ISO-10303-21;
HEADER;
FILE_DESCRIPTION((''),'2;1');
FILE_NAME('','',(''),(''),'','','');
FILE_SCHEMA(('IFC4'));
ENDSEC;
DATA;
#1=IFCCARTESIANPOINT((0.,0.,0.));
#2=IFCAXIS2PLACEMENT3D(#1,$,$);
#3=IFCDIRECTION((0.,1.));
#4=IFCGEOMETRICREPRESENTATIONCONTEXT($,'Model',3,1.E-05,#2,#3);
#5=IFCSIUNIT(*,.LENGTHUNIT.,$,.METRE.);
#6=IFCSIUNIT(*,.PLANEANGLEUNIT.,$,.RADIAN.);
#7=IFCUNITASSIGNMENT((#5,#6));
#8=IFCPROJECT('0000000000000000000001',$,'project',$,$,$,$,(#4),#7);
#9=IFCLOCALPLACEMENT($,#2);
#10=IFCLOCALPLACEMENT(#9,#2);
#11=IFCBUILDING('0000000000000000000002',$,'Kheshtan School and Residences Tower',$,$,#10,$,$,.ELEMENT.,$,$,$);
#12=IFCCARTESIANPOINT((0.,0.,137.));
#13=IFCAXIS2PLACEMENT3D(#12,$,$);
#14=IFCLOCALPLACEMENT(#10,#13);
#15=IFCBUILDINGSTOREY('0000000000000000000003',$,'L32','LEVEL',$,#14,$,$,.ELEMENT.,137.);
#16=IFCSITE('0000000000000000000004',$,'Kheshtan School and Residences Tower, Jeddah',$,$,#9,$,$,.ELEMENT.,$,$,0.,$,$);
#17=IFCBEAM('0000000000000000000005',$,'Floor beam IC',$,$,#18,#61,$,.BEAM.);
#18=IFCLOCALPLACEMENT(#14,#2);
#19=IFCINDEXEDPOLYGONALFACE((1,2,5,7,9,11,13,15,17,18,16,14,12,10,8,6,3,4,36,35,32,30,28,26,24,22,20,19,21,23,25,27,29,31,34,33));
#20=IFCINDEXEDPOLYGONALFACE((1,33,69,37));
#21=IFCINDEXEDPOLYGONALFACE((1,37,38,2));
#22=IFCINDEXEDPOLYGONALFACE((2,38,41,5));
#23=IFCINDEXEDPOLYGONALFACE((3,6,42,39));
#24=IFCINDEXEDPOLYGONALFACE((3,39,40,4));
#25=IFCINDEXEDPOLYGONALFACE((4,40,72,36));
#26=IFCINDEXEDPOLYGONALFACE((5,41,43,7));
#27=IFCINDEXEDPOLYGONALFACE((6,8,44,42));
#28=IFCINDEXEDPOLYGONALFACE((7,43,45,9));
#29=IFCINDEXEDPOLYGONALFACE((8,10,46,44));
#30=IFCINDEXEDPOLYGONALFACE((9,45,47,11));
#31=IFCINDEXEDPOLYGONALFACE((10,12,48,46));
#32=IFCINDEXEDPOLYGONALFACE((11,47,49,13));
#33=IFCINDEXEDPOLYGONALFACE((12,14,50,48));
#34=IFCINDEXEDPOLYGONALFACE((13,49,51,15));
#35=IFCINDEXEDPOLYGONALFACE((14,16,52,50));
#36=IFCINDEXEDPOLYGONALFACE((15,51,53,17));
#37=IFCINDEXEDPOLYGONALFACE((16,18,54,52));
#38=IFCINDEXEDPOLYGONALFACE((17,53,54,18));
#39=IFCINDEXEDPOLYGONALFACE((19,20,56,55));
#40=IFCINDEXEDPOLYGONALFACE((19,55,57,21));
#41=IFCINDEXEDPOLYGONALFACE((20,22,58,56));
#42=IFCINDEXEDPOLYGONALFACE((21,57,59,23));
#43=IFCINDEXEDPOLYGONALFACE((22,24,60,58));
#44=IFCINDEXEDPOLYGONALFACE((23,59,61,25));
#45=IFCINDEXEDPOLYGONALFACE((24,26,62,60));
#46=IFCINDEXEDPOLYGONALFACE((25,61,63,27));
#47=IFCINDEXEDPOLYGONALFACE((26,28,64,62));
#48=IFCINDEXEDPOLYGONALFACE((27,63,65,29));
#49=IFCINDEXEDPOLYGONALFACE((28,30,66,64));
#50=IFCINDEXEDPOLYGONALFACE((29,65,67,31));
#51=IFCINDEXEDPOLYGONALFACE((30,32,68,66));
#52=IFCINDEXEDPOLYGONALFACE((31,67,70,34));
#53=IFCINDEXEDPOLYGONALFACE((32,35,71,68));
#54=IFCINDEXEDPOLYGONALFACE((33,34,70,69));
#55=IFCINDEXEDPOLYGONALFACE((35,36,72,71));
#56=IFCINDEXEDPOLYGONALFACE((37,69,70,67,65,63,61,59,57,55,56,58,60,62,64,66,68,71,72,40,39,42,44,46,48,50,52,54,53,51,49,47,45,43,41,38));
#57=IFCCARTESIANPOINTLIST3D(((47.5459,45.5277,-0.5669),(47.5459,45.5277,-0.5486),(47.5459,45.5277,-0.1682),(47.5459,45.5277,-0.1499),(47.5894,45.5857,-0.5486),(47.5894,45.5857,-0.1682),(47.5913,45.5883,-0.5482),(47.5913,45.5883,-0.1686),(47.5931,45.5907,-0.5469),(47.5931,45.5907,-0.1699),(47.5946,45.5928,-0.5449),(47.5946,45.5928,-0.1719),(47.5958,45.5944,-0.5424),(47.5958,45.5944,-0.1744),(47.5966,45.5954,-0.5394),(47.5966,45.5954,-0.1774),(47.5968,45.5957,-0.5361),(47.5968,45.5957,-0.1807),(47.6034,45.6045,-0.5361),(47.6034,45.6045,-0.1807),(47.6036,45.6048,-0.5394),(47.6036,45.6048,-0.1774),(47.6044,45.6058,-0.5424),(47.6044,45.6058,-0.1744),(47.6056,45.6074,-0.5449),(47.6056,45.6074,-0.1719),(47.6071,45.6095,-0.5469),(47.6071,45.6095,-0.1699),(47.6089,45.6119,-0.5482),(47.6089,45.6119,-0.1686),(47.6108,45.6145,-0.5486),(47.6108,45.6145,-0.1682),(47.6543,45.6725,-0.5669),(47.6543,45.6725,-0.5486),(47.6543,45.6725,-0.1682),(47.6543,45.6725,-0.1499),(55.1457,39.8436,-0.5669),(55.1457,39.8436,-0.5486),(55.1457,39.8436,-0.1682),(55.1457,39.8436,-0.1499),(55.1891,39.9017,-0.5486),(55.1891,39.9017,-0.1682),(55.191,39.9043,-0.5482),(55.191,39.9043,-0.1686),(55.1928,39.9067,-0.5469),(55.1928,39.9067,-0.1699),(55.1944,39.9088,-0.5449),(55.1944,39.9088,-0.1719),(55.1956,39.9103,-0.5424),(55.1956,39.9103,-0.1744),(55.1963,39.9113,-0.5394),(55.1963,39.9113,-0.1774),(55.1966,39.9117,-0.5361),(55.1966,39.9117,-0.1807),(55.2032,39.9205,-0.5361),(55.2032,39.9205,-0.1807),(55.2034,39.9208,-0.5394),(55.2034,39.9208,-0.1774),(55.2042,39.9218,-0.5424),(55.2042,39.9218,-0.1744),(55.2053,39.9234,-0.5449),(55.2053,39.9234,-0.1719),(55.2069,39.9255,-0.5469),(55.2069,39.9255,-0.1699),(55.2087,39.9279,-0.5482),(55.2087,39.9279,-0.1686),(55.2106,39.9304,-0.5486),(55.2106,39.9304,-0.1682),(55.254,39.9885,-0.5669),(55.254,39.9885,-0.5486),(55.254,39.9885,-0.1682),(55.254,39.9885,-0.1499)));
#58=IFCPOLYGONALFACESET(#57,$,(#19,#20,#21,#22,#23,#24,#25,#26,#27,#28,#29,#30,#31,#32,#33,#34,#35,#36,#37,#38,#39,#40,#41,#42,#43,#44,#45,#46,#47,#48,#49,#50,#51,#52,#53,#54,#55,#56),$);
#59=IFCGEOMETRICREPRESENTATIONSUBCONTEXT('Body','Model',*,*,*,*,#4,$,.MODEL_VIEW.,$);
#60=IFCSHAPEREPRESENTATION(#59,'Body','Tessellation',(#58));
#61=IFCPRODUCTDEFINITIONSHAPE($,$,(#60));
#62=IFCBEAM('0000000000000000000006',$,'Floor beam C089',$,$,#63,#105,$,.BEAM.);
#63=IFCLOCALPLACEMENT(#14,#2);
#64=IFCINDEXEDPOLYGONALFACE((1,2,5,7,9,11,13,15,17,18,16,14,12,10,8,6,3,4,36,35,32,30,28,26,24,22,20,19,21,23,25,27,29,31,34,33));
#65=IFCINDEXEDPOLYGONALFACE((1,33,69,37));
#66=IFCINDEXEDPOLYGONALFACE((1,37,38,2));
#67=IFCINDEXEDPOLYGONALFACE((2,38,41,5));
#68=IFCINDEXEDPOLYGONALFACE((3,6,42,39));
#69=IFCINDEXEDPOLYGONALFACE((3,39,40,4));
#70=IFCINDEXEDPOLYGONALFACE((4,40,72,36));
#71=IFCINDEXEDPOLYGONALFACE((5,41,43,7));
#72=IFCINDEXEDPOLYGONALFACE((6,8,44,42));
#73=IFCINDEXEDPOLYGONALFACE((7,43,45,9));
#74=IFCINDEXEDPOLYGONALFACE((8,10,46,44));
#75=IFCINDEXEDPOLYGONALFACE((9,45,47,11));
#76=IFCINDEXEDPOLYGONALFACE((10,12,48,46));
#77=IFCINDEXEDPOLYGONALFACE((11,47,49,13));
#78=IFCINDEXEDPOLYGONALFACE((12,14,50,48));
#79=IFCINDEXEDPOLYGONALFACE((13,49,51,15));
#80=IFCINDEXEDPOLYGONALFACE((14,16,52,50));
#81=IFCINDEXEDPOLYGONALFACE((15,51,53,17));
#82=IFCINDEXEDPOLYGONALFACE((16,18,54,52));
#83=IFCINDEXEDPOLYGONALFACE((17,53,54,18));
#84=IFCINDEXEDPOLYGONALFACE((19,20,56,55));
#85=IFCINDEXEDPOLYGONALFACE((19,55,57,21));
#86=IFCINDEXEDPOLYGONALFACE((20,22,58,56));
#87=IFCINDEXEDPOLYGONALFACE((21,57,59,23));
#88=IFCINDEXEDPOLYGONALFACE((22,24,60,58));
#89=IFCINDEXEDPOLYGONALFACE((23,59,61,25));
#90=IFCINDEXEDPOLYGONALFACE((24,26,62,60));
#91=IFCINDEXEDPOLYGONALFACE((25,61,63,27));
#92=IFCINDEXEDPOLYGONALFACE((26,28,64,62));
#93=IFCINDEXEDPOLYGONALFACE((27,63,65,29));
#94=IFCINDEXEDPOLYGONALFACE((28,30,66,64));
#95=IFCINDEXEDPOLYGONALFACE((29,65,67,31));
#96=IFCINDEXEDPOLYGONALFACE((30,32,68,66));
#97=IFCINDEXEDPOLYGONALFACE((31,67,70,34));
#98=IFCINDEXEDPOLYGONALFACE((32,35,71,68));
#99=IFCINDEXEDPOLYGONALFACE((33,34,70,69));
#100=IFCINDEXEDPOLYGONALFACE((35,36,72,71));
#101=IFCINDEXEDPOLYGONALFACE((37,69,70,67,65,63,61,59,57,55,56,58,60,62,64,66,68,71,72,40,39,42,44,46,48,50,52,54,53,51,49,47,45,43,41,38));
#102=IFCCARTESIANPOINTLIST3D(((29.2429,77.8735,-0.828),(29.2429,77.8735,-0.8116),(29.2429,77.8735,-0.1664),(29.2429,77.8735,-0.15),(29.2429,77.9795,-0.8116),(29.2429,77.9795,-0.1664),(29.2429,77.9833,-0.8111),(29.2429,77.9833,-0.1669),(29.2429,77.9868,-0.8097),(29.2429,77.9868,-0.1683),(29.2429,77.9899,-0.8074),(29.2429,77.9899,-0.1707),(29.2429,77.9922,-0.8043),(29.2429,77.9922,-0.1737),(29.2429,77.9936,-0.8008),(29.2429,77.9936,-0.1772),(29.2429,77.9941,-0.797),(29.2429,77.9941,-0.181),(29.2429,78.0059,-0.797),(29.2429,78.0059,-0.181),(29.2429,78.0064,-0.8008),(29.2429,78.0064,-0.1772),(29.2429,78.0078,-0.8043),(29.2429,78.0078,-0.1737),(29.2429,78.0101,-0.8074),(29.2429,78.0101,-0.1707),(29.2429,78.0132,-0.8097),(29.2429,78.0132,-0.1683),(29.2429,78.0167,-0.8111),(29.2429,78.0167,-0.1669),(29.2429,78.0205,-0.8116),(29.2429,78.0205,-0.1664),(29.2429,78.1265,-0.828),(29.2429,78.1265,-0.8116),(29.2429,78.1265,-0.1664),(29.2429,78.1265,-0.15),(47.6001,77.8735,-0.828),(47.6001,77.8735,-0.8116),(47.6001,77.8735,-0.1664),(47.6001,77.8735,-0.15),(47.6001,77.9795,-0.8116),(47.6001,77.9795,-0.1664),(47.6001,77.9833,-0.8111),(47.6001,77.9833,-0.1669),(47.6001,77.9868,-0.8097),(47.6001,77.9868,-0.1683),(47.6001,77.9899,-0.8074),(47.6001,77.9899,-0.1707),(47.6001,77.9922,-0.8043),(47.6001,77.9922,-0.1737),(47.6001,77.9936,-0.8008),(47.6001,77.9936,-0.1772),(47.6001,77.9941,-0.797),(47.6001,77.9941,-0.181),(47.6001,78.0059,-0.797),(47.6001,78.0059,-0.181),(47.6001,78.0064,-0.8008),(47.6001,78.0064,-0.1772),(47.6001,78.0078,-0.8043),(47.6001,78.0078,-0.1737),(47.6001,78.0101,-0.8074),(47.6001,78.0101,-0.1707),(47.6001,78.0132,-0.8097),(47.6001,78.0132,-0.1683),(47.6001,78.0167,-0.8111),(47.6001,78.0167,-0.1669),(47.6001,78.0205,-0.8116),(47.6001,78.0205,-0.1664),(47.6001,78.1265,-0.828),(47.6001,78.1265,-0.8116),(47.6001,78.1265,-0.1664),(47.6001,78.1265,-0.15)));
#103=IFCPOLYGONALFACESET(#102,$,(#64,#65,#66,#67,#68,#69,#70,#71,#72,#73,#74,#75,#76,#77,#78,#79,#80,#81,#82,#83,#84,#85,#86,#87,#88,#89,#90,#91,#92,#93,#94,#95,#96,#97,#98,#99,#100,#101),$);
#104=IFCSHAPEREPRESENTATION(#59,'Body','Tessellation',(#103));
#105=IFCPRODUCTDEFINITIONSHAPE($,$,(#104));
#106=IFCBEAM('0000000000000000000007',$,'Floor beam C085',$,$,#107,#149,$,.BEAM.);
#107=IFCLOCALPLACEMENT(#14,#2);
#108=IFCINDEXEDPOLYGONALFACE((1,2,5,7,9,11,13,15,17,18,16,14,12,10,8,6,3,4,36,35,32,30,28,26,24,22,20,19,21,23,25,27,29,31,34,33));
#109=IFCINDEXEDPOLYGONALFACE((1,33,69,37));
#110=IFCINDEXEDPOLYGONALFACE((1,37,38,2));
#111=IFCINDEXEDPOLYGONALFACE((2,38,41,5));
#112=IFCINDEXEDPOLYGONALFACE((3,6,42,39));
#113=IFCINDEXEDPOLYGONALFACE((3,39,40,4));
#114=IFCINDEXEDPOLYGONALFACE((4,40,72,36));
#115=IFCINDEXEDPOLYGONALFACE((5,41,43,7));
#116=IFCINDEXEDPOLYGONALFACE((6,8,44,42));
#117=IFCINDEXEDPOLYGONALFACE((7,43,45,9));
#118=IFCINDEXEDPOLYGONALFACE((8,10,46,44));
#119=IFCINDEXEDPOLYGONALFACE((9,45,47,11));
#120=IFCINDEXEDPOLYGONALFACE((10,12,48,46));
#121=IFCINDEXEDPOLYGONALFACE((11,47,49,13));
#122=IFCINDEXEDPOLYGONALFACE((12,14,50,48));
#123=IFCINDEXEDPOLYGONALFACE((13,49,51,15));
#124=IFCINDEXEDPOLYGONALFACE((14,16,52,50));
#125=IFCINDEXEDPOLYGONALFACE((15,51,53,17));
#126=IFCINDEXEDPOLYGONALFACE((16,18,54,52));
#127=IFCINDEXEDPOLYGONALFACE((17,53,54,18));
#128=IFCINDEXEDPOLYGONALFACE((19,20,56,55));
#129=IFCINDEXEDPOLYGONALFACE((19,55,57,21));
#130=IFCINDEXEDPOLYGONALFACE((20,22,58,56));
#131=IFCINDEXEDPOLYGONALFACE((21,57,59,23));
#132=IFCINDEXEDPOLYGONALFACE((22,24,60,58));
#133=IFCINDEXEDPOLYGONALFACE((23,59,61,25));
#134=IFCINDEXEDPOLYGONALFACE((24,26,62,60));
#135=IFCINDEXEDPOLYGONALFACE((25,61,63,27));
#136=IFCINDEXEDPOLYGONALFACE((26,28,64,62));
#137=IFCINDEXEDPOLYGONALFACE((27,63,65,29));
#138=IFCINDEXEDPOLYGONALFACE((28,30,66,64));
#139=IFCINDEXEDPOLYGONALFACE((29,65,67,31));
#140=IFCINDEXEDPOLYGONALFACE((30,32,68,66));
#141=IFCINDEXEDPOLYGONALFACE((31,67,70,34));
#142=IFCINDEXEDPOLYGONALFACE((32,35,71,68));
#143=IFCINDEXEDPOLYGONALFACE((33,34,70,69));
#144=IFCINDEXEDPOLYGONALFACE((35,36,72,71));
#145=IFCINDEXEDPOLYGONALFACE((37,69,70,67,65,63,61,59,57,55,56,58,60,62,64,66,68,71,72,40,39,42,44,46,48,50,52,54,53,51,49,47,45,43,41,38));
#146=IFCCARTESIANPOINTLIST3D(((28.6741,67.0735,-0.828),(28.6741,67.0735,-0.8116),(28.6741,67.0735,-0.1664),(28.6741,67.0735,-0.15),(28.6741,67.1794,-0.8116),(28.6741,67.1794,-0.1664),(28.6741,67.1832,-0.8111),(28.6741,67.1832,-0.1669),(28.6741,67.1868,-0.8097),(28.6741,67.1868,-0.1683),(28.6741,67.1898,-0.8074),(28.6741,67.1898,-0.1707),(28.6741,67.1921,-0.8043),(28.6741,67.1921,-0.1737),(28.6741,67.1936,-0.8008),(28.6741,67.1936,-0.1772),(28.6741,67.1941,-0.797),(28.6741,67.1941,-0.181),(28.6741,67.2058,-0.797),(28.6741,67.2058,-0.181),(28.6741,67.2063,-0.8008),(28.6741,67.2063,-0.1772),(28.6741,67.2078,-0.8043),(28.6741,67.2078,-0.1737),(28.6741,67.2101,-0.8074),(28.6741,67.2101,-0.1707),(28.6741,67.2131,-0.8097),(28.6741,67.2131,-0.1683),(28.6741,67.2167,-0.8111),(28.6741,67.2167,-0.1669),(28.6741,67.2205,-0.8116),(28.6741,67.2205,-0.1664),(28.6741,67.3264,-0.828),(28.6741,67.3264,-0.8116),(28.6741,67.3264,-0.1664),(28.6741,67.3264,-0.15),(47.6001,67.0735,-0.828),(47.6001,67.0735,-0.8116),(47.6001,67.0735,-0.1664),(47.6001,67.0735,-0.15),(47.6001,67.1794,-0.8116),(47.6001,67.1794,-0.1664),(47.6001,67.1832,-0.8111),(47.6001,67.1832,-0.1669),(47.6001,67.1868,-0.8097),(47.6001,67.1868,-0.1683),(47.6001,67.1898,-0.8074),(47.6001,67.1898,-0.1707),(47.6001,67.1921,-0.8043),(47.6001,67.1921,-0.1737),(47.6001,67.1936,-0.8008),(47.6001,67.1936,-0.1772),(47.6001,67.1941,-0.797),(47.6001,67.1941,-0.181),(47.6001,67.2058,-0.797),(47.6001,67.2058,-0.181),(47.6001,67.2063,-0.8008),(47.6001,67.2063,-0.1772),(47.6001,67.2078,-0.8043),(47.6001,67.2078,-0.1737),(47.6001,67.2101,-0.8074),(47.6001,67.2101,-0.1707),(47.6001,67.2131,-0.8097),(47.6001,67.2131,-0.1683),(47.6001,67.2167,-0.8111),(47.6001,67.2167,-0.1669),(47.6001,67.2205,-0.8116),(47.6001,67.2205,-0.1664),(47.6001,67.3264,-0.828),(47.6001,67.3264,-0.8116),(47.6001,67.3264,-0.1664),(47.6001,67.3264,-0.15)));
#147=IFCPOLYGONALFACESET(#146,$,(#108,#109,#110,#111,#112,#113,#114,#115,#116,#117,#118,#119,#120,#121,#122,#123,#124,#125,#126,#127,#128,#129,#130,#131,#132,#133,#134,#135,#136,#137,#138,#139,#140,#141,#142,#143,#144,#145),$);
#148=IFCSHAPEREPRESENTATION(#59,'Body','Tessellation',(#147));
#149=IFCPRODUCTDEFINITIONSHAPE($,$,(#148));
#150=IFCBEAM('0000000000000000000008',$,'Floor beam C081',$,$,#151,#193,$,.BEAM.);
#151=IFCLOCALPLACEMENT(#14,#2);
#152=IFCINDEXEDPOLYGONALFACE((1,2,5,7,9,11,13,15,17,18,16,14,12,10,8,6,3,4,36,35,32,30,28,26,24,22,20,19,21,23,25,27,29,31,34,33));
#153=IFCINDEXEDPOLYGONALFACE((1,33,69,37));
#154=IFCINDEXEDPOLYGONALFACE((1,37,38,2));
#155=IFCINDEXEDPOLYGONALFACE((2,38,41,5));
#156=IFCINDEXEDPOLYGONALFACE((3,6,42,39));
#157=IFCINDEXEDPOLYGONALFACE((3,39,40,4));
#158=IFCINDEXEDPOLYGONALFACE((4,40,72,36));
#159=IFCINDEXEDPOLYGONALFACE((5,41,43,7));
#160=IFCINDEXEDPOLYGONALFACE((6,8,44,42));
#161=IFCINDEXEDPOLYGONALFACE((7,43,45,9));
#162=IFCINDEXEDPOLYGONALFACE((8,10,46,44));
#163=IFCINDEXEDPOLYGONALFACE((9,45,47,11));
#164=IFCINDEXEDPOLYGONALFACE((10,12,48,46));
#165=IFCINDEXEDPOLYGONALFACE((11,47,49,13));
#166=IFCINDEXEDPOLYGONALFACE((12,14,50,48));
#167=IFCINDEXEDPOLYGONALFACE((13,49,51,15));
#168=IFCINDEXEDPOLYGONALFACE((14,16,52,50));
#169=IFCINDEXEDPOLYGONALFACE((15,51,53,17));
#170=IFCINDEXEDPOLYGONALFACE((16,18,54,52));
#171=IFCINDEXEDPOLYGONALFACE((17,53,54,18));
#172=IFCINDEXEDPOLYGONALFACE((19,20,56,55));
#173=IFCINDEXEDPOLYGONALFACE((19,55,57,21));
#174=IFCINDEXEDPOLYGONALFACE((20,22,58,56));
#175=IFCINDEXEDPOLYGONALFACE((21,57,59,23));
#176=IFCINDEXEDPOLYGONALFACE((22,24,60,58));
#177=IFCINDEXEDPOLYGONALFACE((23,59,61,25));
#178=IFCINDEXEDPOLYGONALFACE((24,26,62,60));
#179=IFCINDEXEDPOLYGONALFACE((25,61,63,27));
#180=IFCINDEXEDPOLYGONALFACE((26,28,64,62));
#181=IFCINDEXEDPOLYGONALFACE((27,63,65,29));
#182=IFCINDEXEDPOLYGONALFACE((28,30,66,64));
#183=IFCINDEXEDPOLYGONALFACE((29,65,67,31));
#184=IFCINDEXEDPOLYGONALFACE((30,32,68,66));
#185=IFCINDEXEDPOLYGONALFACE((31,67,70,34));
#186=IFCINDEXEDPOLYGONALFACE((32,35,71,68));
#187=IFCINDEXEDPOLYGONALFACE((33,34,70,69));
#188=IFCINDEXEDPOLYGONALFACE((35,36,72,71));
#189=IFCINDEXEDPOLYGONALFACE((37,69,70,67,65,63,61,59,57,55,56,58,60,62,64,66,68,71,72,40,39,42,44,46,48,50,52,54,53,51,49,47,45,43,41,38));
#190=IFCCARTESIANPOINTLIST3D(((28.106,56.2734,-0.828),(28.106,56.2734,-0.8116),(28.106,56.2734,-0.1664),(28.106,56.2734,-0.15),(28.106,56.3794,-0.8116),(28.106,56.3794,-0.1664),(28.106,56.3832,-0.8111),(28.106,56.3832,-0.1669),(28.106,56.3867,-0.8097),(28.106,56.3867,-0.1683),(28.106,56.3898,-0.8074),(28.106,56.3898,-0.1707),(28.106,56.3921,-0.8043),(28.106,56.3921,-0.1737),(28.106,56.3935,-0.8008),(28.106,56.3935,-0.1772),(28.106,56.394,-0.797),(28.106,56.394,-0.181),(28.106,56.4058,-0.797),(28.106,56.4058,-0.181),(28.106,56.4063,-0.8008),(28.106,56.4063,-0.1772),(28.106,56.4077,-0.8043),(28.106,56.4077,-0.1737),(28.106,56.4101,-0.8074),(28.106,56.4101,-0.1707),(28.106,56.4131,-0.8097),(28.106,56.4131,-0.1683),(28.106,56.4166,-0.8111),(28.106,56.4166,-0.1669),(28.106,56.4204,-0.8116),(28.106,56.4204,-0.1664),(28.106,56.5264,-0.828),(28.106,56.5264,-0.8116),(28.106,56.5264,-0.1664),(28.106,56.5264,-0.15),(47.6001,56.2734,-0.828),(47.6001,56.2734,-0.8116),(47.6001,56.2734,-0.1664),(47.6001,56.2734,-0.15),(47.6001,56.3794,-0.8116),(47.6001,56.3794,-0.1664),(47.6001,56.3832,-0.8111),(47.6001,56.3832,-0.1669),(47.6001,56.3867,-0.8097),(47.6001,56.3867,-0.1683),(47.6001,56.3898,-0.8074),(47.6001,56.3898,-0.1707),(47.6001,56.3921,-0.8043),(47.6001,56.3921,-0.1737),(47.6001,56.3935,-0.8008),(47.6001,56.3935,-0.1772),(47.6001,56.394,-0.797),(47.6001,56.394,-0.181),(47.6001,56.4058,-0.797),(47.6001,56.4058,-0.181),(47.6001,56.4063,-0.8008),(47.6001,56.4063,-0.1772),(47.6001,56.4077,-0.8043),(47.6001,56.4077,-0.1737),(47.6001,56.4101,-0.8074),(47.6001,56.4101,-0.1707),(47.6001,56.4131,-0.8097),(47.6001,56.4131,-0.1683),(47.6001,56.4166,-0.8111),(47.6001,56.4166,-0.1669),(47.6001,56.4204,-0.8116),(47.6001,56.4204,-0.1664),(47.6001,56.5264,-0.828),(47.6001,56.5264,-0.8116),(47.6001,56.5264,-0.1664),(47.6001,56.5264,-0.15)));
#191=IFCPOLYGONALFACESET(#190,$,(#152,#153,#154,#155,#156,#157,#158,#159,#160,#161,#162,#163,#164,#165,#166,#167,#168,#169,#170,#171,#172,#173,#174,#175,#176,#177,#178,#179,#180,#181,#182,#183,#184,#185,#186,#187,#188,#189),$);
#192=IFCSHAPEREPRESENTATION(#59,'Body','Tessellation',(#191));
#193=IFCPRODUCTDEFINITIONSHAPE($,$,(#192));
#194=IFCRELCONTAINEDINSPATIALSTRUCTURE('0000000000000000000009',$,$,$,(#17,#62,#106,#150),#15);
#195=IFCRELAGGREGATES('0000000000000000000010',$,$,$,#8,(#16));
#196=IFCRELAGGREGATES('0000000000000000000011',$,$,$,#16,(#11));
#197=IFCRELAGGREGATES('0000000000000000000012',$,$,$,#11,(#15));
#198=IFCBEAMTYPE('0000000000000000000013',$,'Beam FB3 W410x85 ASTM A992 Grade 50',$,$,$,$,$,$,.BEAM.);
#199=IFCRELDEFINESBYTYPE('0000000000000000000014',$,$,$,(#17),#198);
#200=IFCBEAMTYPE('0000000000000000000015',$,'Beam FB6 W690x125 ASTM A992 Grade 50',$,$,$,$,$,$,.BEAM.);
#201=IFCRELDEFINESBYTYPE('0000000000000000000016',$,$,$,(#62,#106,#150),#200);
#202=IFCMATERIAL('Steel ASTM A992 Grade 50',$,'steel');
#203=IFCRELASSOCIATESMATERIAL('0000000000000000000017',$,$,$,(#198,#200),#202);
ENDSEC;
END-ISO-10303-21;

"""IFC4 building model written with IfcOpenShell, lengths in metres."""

from ifc_helpers import new_model, si_unit, direction, frame, origin, origin_2d, place, context, subcontext, project, spatial, i_section, extrude, material, material_profile, profile_set, type_object, element, save


model = new_model("IFC4")

# Units and contexts
model_context = context("Model", 3, precision=1e-05, world=origin(), true_north=direction((0.0, 1.0)))
body_context = subcontext(model_context, "Body", "Model", "MODEL_VIEW")
ifc_project = project(units=[si_unit("LENGTHUNIT", "METRE"), si_unit("PLANEANGLEUNIT", "RADIAN")], contexts=[model_context])

# Site, building, storey
site_placement = place(None, origin())
site = spatial("IfcSite", under=ifc_project, at=site_placement, Name="Kheshtan School and Residences Tower, Jeddah", CompositionType="ELEMENT", RefElevation=0.0)
building_placement = place(site_placement, origin())
building = spatial("IfcBuilding", under=site, at=building_placement, Name="Kheshtan School and Residences Tower", CompositionType="ELEMENT")
storey_placement = place(building_placement, frame((0.0, 0.0, 137.0)))
storey = spatial("IfcBuildingStorey", under=building, at=storey_placement, Name="L32", Description="LEVEL", CompositionType="ELEMENT", Elevation=137.0)

# Shared definitions
ifc_material_1 = material(Name="Steel ASTM A992 Grade 50", Category="steel")

# Beams
ifc_material_profile_1 = material_profile(ifc_material_1, i_section(OverallWidth=0.1809, OverallDepth=0.417, WebThickness=0.011, FlangeThickness=0.0183, FilletRadius=0.0125, at=origin_2d()), Name="W410x85")
ifc_profile_set_1 = profile_set([ifc_material_profile_1], Name="Steel ASTM A992 Grade 50")
beam_type_1 = type_object("IfcBeamType", Name="Beam FB3 W410x85 ASTM A992 Grade 50", PredefinedType="BEAM", material=ifc_profile_set_1)
beam_1_placement = place(storey_placement, frame((47.6001, 45.6001, -0.3584), z_axis=(0.800799, -0.598933, 0.0), x_axis=(0.598933, 0.800799, 0.0)))
element("IfcBeam", 1, at=beam_1_placement, inside=storey, type_object=beam_type_1, Name="Floor beam IC", PredefinedType="BEAM", context=body_context, shape_type="SweptSolid", body=[
    extrude(i_section(OverallWidth=0.1809, OverallDepth=0.417, WebThickness=0.011, FlangeThickness=0.0183, FilletRadius=0.0125, at=origin_2d()), origin(), (0.0, 0.0, 1.0), 9.4902),
])
ifc_material_profile_2 = material_profile(ifc_material_1, i_section(OverallWidth=0.2529, OverallDepth=0.678, WebThickness=0.0117, FlangeThickness=0.0164, FilletRadius=0.0146, at=origin_2d()), Name="W690x125")
ifc_profile_set_2 = profile_set([ifc_material_profile_2], Name="Steel ASTM A992 Grade 50")
beam_type_2 = type_object("IfcBeamType", Name="Beam FB6 W690x125 ASTM A992 Grade 50", PredefinedType="BEAM", material=ifc_profile_set_2)
beam_2_placement = place(storey_placement, frame((47.6001, 78.0, -0.489), z_axis=(-1.0, 0.0, 0.0), x_axis=(0.0, -1.0, 0.0)))
element("IfcBeam", 2, at=beam_2_placement, inside=storey, type_object=beam_type_2, Name="Floor beam C089", PredefinedType="BEAM", context=body_context, shape_type="SweptSolid", body=[
    extrude(i_section(OverallWidth=0.2529, OverallDepth=0.678, WebThickness=0.0117, FlangeThickness=0.0164, FilletRadius=0.0146, at=origin_2d()), origin(), (0.0, 0.0, 1.0), 18.3572),
])
beam_3_placement = place(storey_placement, frame((47.6001, 67.2, -0.489), z_axis=(-1.0, 0.0, 0.0), x_axis=(0.0, -1.0, 0.0)))
element("IfcBeam", 3, at=beam_3_placement, inside=storey, type_object=beam_type_2, Name="Floor beam C085", PredefinedType="BEAM", context=body_context, shape_type="SweptSolid", body=[
    extrude(i_section(OverallWidth=0.2529, OverallDepth=0.678, WebThickness=0.0117, FlangeThickness=0.0164, FilletRadius=0.0146, at=origin_2d()), origin(), (0.0, 0.0, 1.0), 18.926),
])
beam_4_placement = place(storey_placement, frame((47.6001, 56.3999, -0.489), z_axis=(-1.0, 0.0, 0.0), x_axis=(0.0, -1.0, 0.0)))
element("IfcBeam", 4, at=beam_4_placement, inside=storey, type_object=beam_type_2, Name="Floor beam C081", PredefinedType="BEAM", context=body_context, shape_type="SweptSolid", body=[
    extrude(i_section(OverallWidth=0.2529, OverallDepth=0.678, WebThickness=0.0117, FlangeThickness=0.0164, FilletRadius=0.0146, at=origin_2d()), origin(), (0.0, 0.0, 1.0), 19.4941),
])

save(model, "model.ifc")
